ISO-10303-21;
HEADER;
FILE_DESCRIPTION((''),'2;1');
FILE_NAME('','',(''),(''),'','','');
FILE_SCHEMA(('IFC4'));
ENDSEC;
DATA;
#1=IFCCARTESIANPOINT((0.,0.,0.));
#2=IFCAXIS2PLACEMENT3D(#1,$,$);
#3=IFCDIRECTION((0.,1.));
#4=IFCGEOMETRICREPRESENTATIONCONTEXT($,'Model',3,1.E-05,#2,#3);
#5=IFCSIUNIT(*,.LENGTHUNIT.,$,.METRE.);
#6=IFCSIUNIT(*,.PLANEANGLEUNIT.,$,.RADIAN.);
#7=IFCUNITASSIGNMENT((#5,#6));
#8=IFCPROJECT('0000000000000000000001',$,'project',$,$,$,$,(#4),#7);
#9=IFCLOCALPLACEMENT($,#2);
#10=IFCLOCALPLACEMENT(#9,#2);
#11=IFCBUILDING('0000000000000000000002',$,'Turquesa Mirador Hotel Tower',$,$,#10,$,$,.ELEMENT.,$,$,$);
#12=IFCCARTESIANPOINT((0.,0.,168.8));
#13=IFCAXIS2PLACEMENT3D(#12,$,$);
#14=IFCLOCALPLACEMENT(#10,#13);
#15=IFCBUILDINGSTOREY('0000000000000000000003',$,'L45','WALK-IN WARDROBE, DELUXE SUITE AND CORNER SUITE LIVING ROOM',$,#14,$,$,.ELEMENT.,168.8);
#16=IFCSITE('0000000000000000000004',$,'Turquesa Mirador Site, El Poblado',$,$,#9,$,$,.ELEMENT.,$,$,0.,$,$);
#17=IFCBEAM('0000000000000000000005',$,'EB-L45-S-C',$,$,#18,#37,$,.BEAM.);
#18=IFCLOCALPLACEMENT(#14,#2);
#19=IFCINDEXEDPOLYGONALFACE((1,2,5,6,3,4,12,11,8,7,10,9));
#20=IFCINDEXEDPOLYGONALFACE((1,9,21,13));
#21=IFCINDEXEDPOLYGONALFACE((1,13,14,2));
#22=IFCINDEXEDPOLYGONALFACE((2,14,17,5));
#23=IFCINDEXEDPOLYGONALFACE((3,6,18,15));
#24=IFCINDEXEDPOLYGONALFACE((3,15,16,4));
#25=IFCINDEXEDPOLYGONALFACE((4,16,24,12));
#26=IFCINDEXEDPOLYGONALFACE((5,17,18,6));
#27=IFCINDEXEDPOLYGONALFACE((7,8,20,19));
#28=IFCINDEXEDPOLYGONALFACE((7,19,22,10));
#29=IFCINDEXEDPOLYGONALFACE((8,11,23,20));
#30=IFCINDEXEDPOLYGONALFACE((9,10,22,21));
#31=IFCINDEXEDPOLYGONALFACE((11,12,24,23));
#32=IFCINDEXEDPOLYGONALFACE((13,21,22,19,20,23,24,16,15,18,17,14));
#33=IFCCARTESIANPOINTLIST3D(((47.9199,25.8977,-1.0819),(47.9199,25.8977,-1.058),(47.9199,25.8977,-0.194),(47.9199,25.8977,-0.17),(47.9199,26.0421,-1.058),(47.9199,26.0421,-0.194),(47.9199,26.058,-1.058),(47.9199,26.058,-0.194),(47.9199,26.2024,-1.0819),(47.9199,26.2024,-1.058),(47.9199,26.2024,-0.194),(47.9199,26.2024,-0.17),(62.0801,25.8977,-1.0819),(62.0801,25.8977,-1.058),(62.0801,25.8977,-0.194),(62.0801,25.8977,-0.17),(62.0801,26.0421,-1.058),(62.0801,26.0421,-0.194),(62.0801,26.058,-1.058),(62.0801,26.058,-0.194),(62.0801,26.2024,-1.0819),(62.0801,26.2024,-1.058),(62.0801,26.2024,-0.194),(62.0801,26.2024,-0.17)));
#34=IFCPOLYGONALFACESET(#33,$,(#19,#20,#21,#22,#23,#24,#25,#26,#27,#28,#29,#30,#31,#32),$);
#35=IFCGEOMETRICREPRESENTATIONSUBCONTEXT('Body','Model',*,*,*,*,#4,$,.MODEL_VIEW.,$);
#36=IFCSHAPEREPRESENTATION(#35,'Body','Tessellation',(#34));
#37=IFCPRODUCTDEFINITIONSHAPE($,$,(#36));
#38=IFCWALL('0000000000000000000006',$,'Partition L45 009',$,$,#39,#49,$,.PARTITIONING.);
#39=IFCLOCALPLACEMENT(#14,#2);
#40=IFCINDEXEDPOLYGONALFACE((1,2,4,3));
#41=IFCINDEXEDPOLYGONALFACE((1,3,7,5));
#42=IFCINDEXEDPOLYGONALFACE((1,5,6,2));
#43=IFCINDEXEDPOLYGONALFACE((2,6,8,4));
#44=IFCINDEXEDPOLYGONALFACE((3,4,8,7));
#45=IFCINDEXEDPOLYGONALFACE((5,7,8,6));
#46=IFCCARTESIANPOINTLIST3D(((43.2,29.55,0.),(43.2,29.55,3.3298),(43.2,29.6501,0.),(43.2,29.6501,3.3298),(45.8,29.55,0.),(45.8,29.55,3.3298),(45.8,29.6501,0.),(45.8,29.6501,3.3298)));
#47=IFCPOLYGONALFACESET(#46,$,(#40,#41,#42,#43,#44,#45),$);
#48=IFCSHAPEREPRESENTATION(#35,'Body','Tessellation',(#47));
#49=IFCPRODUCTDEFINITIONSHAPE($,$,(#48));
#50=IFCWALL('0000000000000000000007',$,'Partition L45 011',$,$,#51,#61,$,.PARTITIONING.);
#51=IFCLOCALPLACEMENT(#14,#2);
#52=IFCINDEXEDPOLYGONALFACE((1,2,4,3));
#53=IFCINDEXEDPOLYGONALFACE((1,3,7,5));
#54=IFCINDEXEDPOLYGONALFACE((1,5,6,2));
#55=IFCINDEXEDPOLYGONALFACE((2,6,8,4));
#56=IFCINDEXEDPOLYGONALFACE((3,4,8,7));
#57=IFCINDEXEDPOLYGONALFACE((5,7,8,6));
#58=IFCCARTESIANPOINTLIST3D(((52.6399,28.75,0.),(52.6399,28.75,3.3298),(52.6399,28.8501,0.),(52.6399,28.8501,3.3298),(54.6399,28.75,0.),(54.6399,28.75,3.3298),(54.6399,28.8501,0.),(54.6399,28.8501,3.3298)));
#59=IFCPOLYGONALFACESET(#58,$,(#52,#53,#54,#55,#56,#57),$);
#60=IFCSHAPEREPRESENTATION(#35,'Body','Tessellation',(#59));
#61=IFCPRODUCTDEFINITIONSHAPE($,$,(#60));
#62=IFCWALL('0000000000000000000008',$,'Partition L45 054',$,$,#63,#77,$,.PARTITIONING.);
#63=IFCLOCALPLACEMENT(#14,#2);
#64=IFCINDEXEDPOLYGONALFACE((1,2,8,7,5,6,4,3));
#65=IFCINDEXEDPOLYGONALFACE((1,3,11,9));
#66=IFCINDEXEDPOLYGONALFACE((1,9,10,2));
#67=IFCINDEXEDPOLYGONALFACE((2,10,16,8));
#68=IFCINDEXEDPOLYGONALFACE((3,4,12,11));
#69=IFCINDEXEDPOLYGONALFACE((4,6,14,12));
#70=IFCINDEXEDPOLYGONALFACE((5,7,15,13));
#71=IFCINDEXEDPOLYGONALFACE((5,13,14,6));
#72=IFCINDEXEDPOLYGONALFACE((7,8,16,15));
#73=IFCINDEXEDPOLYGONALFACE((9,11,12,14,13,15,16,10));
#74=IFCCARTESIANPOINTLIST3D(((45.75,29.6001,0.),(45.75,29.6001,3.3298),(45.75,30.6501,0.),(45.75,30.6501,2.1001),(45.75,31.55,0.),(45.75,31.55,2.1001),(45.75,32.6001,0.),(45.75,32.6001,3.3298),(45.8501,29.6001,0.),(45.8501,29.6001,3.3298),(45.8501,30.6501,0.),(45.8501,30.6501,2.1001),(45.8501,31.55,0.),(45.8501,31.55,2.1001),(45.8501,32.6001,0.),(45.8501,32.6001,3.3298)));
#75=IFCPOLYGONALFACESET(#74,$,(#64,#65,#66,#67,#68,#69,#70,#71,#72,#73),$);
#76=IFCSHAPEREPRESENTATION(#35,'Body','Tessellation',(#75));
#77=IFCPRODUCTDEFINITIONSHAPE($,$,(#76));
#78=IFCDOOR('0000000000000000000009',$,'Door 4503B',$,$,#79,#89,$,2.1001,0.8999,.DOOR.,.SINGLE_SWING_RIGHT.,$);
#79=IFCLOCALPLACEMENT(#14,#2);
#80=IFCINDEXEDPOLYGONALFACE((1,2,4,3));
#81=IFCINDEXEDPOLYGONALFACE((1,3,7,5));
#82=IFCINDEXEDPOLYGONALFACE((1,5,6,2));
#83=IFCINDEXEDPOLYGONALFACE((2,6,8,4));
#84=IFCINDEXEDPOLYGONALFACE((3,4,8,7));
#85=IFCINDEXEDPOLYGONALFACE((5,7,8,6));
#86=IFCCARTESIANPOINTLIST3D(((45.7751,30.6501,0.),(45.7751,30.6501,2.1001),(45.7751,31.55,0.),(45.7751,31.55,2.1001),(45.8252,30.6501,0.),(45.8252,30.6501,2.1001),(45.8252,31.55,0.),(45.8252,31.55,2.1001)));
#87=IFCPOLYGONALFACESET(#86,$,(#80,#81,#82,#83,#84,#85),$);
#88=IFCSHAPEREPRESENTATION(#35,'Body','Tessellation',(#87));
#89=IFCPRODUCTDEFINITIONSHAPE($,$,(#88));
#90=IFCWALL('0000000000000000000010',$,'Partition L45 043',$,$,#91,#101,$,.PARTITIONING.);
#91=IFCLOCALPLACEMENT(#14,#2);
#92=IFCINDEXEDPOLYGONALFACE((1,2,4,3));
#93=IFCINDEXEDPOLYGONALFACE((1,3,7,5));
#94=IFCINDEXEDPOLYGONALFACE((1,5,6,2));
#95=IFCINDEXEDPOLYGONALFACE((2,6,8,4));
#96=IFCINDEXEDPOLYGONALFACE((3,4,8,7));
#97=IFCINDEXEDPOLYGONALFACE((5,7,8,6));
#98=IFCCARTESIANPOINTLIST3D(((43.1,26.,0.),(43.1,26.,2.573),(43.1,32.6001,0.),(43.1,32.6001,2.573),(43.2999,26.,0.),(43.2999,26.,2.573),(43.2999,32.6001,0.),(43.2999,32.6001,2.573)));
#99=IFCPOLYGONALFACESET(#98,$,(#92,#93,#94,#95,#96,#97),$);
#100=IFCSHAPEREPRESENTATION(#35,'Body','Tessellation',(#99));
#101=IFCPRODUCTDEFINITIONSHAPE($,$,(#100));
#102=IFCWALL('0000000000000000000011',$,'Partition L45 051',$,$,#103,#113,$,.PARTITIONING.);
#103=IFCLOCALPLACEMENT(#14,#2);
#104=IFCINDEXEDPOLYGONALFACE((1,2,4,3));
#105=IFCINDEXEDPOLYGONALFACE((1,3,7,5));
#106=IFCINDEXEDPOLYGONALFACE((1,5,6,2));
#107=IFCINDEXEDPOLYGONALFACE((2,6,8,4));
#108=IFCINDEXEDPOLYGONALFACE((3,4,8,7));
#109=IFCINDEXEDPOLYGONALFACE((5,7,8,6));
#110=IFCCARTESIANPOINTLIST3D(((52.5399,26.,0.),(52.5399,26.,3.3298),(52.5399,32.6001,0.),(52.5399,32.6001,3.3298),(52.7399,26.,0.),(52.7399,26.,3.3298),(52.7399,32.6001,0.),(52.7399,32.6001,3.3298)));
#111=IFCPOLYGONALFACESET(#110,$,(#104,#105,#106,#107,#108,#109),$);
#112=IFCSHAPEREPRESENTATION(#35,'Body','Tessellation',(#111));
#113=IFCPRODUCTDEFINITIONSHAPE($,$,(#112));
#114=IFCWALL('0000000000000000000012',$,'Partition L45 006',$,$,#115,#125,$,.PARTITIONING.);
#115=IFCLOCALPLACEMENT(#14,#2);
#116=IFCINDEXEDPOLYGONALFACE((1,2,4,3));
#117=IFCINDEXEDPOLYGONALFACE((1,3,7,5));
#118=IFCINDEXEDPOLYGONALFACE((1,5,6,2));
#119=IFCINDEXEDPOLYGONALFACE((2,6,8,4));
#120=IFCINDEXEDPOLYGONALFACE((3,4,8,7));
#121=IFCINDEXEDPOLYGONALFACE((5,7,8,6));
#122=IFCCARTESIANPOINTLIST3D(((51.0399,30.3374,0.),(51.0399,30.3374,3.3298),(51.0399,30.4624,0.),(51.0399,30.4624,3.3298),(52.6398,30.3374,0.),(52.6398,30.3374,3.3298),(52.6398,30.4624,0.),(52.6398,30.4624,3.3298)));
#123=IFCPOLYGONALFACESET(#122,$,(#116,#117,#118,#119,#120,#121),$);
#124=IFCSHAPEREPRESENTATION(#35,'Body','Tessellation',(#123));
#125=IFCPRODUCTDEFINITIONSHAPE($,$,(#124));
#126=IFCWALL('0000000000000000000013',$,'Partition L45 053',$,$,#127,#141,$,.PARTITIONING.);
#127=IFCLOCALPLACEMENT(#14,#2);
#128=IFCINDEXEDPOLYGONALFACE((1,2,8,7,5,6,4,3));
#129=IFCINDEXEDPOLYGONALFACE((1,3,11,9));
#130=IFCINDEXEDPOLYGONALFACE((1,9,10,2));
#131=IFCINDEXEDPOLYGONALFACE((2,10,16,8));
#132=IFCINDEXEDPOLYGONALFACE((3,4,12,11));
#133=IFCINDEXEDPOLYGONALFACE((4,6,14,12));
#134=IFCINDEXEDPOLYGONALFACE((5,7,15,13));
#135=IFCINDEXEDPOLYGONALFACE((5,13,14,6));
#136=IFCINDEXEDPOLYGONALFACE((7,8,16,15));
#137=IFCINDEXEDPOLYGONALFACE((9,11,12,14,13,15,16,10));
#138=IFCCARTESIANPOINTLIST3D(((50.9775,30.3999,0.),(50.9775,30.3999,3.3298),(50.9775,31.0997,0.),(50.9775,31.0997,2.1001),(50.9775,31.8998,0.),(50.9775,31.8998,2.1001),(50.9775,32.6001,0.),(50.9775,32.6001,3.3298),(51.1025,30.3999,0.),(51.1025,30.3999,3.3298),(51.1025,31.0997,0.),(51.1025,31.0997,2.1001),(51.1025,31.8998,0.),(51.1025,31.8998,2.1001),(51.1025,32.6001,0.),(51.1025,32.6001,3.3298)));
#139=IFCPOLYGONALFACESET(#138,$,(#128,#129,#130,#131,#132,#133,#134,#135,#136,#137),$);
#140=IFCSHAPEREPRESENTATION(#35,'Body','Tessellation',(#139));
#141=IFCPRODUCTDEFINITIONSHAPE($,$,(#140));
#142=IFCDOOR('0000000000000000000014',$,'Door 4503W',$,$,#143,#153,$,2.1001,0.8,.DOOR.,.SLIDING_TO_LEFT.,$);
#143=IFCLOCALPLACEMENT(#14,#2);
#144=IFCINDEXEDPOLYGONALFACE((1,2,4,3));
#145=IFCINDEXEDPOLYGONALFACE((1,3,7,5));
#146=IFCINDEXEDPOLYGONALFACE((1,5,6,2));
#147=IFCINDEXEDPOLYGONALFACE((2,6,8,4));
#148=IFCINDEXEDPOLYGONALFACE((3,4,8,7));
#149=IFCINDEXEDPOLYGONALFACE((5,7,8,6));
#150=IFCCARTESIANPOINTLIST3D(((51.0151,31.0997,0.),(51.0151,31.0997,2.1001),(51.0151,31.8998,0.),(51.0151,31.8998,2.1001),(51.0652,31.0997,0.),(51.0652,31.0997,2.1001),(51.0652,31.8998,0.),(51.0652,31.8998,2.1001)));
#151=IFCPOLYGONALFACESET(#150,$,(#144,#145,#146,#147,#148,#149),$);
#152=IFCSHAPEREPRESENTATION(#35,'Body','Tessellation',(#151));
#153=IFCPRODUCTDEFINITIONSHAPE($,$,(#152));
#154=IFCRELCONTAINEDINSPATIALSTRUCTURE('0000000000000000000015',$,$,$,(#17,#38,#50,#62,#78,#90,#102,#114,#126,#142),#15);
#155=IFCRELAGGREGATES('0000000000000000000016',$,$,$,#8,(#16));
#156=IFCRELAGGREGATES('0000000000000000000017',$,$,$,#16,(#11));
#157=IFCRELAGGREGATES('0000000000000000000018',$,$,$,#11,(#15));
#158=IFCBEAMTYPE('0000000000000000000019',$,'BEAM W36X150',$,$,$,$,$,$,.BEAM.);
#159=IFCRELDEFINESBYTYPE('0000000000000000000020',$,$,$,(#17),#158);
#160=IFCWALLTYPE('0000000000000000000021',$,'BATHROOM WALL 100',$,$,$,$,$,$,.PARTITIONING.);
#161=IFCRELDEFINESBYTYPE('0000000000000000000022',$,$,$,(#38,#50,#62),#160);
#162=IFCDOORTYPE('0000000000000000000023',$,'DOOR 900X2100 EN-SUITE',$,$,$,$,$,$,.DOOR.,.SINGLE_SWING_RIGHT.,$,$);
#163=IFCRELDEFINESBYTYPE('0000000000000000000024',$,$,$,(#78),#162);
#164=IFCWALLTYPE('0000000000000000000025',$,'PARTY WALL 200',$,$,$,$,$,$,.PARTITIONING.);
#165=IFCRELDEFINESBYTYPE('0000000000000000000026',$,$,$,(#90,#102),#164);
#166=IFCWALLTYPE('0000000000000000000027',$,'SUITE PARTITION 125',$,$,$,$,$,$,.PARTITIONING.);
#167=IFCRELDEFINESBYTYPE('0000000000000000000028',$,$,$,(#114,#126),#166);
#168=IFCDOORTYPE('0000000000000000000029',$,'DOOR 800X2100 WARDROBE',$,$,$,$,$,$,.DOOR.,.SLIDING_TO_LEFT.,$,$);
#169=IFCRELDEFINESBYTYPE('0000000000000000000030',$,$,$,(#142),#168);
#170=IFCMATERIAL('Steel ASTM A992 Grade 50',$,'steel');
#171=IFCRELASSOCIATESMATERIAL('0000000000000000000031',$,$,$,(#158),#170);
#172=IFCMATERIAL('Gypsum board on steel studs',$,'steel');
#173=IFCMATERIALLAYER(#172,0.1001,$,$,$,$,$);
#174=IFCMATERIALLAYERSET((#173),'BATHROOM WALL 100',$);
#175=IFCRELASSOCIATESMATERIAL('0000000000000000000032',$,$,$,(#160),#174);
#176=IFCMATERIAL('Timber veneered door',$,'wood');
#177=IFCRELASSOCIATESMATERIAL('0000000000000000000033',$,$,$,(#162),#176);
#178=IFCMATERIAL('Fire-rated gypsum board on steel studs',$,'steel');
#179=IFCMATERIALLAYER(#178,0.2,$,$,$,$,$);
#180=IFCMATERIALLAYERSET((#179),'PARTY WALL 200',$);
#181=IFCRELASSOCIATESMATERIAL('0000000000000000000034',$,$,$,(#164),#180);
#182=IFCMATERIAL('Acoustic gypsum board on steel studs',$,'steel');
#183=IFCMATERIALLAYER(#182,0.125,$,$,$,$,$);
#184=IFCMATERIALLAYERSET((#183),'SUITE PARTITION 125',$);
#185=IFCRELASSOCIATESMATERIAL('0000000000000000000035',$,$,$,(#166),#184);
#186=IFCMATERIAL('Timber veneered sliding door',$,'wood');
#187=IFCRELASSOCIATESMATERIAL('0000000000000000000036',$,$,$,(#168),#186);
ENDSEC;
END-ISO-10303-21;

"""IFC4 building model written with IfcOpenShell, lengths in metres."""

from ifc_helpers import new_model, si_unit, direction, frame, frame_2d, origin, origin_2d, place, context, subcontext, project, spatial, rectangle, i_section, extrude, material, layer, layer_set, material_profile, profile_set, type_object, element, fill, save


model = new_model("IFC4")

# Units and contexts
model_context = context("Model", 3, precision=1e-05, world=origin(), true_north=direction((0.0, 1.0)))
body_context = subcontext(model_context, "Body", "Model", "MODEL_VIEW")
ifc_project = project(units=[si_unit("LENGTHUNIT", "METRE"), si_unit("PLANEANGLEUNIT", "RADIAN")], contexts=[model_context])

# Site, building, storey
site_placement = place(None, origin())
site = spatial("IfcSite", under=ifc_project, at=site_placement, Name="Turquesa Mirador Site, El Poblado", CompositionType="ELEMENT", RefElevation=0.0)
building_placement = place(site_placement, origin())
building = spatial("IfcBuilding", under=site, at=building_placement, Name="Turquesa Mirador Hotel Tower", CompositionType="ELEMENT")
storey_placement = place(building_placement, frame((0.0, 0.0, 168.8)))
storey = spatial("IfcBuildingStorey", under=building, at=storey_placement, Name="L45", Description="WALK-IN WARDROBE, DELUXE SUITE AND CORNER SUITE LIVING ROOM", CompositionType="ELEMENT", Elevation=168.8)

# Beam
ifc_material_1 = material(Name="Steel ASTM A992 Grade 50", Category="steel")
ifc_material_profile_1 = material_profile(ifc_material_1, i_section(OverallWidth=0.3047, OverallDepth=0.9119, WebThickness=0.0159, FlangeThickness=0.0239, at=origin_2d()), Name="W36X150")
ifc_profile_set_1 = profile_set([ifc_material_profile_1], Name="Steel ASTM A992 Grade 50")
beam_type_1 = type_object("IfcBeamType", Name="BEAM W36X150", PredefinedType="BEAM", material=ifc_profile_set_1)
beam_1_placement = place(storey_placement, frame((47.9199, 26.05, -0.626), z_axis=(1.0, 0.0, 0.0), x_axis=(0.0, 1.0, 0.0)))
element("IfcBeam", 1, at=beam_1_placement, inside=storey, type_object=beam_type_1, Name="EB-L45-S-C", PredefinedType="BEAM", context=body_context, shape_type="SweptSolid", body=[
    extrude(i_section(OverallWidth=0.3047, OverallDepth=0.9119, WebThickness=0.0159, FlangeThickness=0.0239, at=origin_2d()), origin(), (0.0, 0.0, 1.0), 14.1602),
])

# Walls
ifc_material_2 = material(Name="Gypsum board on steel studs", Category="steel")
ifc_layer_1 = layer(ifc_material_2, 0.1001)
ifc_layer_set_1 = layer_set([ifc_layer_1], Name="BATHROOM WALL 100")
wall_type_1 = type_object("IfcWallType", Name="BATHROOM WALL 100", PredefinedType="PARTITIONING", material=ifc_layer_set_1)
wall_1_placement = place(storey_placement, frame((43.2, 29.6001, 0.0), z_axis=(0.0, 0.0, 1.0), x_axis=(1.0, 0.0, 0.0)))
element("IfcWall", 2, at=wall_1_placement, inside=storey, type_object=wall_type_1, Name="Partition L45 009", PredefinedType="PARTITIONING", context=body_context, shape_type="SweptSolid", body=[
    extrude(rectangle(XDim=2.6001, YDim=0.1001, at=frame_2d((1.3, 0.0))), origin(), (0.0, 0.0, 1.0), 3.3298),
])
wall_2_placement = place(storey_placement, frame((52.6399, 28.8, 0.0), z_axis=(0.0, 0.0, 1.0), x_axis=(1.0, 0.0, 0.0)))
element("IfcWall", 3, at=wall_2_placement, inside=storey, type_object=wall_type_1, Name="Partition L45 011", PredefinedType="PARTITIONING", context=body_context, shape_type="SweptSolid", body=[
    extrude(rectangle(XDim=2.0, YDim=0.1001, at=frame_2d((1.0, 0.0))), origin(), (0.0, 0.0, 1.0), 3.3298),
])

# Wall, opening, door
wall_3_placement = place(storey_placement, frame((45.8, 29.6001, 0.0), z_axis=(0.0, 0.0, 1.0), x_axis=(0.0, 1.0, 0.0)))
wall_3 = element("IfcWall", 4, at=wall_3_placement, inside=storey, type_object=wall_type_1, Name="Partition L45 054", PredefinedType="PARTITIONING", context=body_context, shape_type="SweptSolid", body=[
    extrude(rectangle(XDim=3.0, YDim=0.1001, at=frame_2d((1.5, 0.0))), origin(), (0.0, 0.0, 1.0), 3.3298),
])
opening_1_placement = place(wall_3_placement, frame((1.05, 0.0, 0.0)))
opening_1 = element("IfcOpeningElement", 5, at=opening_1_placement, cuts=wall_3, PredefinedType="OPENING", context=body_context, shape_type="SweptSolid", body=[
    extrude(rectangle(XDim=0.8999, YDim=2.1001, at=frame_2d((0.45, 1.05))), frame((0.0, 0.0601, 0.0), z_axis=(0.0, -1.0, 0.0), x_axis=(1.0, 0.0, 0.0)), (0.0, 0.0, 1.0), 0.1201),
])
ifc_material_3 = material(Name="Timber veneered door", Category="wood")
door_type_1 = type_object("IfcDoorType", Name="DOOR 900X2100 EN-SUITE", OperationType="SINGLE_SWING_RIGHT", PredefinedType="DOOR", material=ifc_material_3)
door_1_placement = place(opening_1_placement, origin())
door_1 = element("IfcDoor", 6, at=door_1_placement, inside=storey, type_object=door_type_1, Name="Door 4503B", OperationType="SINGLE_SWING_RIGHT", OverallHeight=2.1001, OverallWidth=0.8999, PredefinedType="DOOR", context=body_context, shape_type="SweptSolid", body=[
    extrude(rectangle(XDim=0.8999, YDim=2.1001, at=frame_2d((0.45, 1.05))), frame((0.0, 0.0249, 0.0), z_axis=(0.0, -1.0, 0.0), x_axis=(1.0, 0.0, 0.0)), (0.0, 0.0, 1.0), 0.05),
])
fill(opening_1, door_1)

# Walls
ifc_material_4 = material(Name="Fire-rated gypsum board on steel studs", Category="steel")
ifc_layer_2 = layer(ifc_material_4, 0.2)
ifc_layer_set_2 = layer_set([ifc_layer_2], Name="PARTY WALL 200")
wall_type_2 = type_object("IfcWallType", Name="PARTY WALL 200", PredefinedType="PARTITIONING", material=ifc_layer_set_2)
wall_4_placement = place(storey_placement, frame((43.2, 26.0, 0.0), z_axis=(0.0, 0.0, 1.0), x_axis=(0.0, 1.0, 0.0)))
element("IfcWall", 7, at=wall_4_placement, inside=storey, type_object=wall_type_2, Name="Partition L45 043", PredefinedType="PARTITIONING", context=body_context, shape_type="SweptSolid", body=[
    extrude(rectangle(XDim=6.6001, YDim=0.2, at=frame_2d((3.3, 0.0))), origin(), (0.0, 0.0, 1.0), 2.573),
])
wall_5_placement = place(storey_placement, frame((52.6399, 26.0, 0.0), z_axis=(0.0, 0.0, 1.0), x_axis=(0.0, 1.0, 0.0)))
element("IfcWall", 8, at=wall_5_placement, inside=storey, type_object=wall_type_2, Name="Partition L45 051", PredefinedType="PARTITIONING", context=body_context, shape_type="SweptSolid", body=[
    extrude(rectangle(XDim=6.6001, YDim=0.2, at=frame_2d((3.3, 0.0))), origin(), (0.0, 0.0, 1.0), 3.3298),
])
ifc_material_5 = material(Name="Acoustic gypsum board on steel studs", Category="steel")
ifc_layer_3 = layer(ifc_material_5, 0.125)
ifc_layer_set_3 = layer_set([ifc_layer_3], Name="SUITE PARTITION 125")
wall_type_3 = type_object("IfcWallType", Name="SUITE PARTITION 125", PredefinedType="PARTITIONING", material=ifc_layer_set_3)
wall_6_placement = place(storey_placement, frame((51.04, 30.3999, 0.0), z_axis=(0.0, 0.0, 1.0), x_axis=(1.0, 0.0, 0.0)))
element("IfcWall", 9, at=wall_6_placement, inside=storey, type_object=wall_type_3, Name="Partition L45 006", PredefinedType="PARTITIONING", context=body_context, shape_type="SweptSolid", body=[
    extrude(rectangle(XDim=1.5999, YDim=0.125, at=frame_2d((0.7998, 0.0))), origin(), (0.0, 0.0, 1.0), 3.3298),
])

# Wall, opening, door
wall_7_placement = place(storey_placement, frame((51.04, 30.3999, 0.0), z_axis=(0.0, 0.0, 1.0), x_axis=(0.0, 1.0, 0.0)))
wall_7 = element("IfcWall", 10, at=wall_7_placement, inside=storey, type_object=wall_type_3, Name="Partition L45 053", PredefinedType="PARTITIONING", context=body_context, shape_type="SweptSolid", body=[
    extrude(rectangle(XDim=2.2002, YDim=0.125, at=frame_2d((1.1001, 0.0))), origin(), (0.0, 0.0, 1.0), 3.3298),
])
opening_2_placement = place(wall_7_placement, frame((0.7, 0.0, 0.0)))
opening_2 = element("IfcOpeningElement", 11, at=opening_2_placement, cuts=wall_7, PredefinedType="OPENING", context=body_context, shape_type="SweptSolid", body=[
    extrude(rectangle(XDim=0.8, YDim=2.1001, at=frame_2d((0.3999, 1.05))), frame((0.0, 0.0725, 0.0), z_axis=(0.0, -1.0, 0.0), x_axis=(1.0, 0.0, 0.0)), (0.0, 0.0, 1.0), 0.145),
])
ifc_material_6 = material(Name="Timber veneered sliding door", Category="wood")
door_type_2 = type_object("IfcDoorType", Name="DOOR 800X2100 WARDROBE", OperationType="SLIDING_TO_LEFT", PredefinedType="DOOR", material=ifc_material_6)
door_2_placement = place(opening_2_placement, origin())
door_2 = element("IfcDoor", 12, at=door_2_placement, inside=storey, type_object=door_type_2, Name="Door 4503W", OperationType="SLIDING_TO_LEFT", OverallHeight=2.1001, OverallWidth=0.8, PredefinedType="DOOR", context=body_context, shape_type="SweptSolid", body=[
    extrude(rectangle(XDim=0.8, YDim=2.1001, at=frame_2d((0.3999, 1.05))), frame((0.0, 0.0249, 0.0), z_axis=(0.0, -1.0, 0.0), x_axis=(1.0, 0.0, 0.0)), (0.0, 0.0, 1.0), 0.05),
])
fill(opening_2, door_2)

save(model, "model.ifc")
